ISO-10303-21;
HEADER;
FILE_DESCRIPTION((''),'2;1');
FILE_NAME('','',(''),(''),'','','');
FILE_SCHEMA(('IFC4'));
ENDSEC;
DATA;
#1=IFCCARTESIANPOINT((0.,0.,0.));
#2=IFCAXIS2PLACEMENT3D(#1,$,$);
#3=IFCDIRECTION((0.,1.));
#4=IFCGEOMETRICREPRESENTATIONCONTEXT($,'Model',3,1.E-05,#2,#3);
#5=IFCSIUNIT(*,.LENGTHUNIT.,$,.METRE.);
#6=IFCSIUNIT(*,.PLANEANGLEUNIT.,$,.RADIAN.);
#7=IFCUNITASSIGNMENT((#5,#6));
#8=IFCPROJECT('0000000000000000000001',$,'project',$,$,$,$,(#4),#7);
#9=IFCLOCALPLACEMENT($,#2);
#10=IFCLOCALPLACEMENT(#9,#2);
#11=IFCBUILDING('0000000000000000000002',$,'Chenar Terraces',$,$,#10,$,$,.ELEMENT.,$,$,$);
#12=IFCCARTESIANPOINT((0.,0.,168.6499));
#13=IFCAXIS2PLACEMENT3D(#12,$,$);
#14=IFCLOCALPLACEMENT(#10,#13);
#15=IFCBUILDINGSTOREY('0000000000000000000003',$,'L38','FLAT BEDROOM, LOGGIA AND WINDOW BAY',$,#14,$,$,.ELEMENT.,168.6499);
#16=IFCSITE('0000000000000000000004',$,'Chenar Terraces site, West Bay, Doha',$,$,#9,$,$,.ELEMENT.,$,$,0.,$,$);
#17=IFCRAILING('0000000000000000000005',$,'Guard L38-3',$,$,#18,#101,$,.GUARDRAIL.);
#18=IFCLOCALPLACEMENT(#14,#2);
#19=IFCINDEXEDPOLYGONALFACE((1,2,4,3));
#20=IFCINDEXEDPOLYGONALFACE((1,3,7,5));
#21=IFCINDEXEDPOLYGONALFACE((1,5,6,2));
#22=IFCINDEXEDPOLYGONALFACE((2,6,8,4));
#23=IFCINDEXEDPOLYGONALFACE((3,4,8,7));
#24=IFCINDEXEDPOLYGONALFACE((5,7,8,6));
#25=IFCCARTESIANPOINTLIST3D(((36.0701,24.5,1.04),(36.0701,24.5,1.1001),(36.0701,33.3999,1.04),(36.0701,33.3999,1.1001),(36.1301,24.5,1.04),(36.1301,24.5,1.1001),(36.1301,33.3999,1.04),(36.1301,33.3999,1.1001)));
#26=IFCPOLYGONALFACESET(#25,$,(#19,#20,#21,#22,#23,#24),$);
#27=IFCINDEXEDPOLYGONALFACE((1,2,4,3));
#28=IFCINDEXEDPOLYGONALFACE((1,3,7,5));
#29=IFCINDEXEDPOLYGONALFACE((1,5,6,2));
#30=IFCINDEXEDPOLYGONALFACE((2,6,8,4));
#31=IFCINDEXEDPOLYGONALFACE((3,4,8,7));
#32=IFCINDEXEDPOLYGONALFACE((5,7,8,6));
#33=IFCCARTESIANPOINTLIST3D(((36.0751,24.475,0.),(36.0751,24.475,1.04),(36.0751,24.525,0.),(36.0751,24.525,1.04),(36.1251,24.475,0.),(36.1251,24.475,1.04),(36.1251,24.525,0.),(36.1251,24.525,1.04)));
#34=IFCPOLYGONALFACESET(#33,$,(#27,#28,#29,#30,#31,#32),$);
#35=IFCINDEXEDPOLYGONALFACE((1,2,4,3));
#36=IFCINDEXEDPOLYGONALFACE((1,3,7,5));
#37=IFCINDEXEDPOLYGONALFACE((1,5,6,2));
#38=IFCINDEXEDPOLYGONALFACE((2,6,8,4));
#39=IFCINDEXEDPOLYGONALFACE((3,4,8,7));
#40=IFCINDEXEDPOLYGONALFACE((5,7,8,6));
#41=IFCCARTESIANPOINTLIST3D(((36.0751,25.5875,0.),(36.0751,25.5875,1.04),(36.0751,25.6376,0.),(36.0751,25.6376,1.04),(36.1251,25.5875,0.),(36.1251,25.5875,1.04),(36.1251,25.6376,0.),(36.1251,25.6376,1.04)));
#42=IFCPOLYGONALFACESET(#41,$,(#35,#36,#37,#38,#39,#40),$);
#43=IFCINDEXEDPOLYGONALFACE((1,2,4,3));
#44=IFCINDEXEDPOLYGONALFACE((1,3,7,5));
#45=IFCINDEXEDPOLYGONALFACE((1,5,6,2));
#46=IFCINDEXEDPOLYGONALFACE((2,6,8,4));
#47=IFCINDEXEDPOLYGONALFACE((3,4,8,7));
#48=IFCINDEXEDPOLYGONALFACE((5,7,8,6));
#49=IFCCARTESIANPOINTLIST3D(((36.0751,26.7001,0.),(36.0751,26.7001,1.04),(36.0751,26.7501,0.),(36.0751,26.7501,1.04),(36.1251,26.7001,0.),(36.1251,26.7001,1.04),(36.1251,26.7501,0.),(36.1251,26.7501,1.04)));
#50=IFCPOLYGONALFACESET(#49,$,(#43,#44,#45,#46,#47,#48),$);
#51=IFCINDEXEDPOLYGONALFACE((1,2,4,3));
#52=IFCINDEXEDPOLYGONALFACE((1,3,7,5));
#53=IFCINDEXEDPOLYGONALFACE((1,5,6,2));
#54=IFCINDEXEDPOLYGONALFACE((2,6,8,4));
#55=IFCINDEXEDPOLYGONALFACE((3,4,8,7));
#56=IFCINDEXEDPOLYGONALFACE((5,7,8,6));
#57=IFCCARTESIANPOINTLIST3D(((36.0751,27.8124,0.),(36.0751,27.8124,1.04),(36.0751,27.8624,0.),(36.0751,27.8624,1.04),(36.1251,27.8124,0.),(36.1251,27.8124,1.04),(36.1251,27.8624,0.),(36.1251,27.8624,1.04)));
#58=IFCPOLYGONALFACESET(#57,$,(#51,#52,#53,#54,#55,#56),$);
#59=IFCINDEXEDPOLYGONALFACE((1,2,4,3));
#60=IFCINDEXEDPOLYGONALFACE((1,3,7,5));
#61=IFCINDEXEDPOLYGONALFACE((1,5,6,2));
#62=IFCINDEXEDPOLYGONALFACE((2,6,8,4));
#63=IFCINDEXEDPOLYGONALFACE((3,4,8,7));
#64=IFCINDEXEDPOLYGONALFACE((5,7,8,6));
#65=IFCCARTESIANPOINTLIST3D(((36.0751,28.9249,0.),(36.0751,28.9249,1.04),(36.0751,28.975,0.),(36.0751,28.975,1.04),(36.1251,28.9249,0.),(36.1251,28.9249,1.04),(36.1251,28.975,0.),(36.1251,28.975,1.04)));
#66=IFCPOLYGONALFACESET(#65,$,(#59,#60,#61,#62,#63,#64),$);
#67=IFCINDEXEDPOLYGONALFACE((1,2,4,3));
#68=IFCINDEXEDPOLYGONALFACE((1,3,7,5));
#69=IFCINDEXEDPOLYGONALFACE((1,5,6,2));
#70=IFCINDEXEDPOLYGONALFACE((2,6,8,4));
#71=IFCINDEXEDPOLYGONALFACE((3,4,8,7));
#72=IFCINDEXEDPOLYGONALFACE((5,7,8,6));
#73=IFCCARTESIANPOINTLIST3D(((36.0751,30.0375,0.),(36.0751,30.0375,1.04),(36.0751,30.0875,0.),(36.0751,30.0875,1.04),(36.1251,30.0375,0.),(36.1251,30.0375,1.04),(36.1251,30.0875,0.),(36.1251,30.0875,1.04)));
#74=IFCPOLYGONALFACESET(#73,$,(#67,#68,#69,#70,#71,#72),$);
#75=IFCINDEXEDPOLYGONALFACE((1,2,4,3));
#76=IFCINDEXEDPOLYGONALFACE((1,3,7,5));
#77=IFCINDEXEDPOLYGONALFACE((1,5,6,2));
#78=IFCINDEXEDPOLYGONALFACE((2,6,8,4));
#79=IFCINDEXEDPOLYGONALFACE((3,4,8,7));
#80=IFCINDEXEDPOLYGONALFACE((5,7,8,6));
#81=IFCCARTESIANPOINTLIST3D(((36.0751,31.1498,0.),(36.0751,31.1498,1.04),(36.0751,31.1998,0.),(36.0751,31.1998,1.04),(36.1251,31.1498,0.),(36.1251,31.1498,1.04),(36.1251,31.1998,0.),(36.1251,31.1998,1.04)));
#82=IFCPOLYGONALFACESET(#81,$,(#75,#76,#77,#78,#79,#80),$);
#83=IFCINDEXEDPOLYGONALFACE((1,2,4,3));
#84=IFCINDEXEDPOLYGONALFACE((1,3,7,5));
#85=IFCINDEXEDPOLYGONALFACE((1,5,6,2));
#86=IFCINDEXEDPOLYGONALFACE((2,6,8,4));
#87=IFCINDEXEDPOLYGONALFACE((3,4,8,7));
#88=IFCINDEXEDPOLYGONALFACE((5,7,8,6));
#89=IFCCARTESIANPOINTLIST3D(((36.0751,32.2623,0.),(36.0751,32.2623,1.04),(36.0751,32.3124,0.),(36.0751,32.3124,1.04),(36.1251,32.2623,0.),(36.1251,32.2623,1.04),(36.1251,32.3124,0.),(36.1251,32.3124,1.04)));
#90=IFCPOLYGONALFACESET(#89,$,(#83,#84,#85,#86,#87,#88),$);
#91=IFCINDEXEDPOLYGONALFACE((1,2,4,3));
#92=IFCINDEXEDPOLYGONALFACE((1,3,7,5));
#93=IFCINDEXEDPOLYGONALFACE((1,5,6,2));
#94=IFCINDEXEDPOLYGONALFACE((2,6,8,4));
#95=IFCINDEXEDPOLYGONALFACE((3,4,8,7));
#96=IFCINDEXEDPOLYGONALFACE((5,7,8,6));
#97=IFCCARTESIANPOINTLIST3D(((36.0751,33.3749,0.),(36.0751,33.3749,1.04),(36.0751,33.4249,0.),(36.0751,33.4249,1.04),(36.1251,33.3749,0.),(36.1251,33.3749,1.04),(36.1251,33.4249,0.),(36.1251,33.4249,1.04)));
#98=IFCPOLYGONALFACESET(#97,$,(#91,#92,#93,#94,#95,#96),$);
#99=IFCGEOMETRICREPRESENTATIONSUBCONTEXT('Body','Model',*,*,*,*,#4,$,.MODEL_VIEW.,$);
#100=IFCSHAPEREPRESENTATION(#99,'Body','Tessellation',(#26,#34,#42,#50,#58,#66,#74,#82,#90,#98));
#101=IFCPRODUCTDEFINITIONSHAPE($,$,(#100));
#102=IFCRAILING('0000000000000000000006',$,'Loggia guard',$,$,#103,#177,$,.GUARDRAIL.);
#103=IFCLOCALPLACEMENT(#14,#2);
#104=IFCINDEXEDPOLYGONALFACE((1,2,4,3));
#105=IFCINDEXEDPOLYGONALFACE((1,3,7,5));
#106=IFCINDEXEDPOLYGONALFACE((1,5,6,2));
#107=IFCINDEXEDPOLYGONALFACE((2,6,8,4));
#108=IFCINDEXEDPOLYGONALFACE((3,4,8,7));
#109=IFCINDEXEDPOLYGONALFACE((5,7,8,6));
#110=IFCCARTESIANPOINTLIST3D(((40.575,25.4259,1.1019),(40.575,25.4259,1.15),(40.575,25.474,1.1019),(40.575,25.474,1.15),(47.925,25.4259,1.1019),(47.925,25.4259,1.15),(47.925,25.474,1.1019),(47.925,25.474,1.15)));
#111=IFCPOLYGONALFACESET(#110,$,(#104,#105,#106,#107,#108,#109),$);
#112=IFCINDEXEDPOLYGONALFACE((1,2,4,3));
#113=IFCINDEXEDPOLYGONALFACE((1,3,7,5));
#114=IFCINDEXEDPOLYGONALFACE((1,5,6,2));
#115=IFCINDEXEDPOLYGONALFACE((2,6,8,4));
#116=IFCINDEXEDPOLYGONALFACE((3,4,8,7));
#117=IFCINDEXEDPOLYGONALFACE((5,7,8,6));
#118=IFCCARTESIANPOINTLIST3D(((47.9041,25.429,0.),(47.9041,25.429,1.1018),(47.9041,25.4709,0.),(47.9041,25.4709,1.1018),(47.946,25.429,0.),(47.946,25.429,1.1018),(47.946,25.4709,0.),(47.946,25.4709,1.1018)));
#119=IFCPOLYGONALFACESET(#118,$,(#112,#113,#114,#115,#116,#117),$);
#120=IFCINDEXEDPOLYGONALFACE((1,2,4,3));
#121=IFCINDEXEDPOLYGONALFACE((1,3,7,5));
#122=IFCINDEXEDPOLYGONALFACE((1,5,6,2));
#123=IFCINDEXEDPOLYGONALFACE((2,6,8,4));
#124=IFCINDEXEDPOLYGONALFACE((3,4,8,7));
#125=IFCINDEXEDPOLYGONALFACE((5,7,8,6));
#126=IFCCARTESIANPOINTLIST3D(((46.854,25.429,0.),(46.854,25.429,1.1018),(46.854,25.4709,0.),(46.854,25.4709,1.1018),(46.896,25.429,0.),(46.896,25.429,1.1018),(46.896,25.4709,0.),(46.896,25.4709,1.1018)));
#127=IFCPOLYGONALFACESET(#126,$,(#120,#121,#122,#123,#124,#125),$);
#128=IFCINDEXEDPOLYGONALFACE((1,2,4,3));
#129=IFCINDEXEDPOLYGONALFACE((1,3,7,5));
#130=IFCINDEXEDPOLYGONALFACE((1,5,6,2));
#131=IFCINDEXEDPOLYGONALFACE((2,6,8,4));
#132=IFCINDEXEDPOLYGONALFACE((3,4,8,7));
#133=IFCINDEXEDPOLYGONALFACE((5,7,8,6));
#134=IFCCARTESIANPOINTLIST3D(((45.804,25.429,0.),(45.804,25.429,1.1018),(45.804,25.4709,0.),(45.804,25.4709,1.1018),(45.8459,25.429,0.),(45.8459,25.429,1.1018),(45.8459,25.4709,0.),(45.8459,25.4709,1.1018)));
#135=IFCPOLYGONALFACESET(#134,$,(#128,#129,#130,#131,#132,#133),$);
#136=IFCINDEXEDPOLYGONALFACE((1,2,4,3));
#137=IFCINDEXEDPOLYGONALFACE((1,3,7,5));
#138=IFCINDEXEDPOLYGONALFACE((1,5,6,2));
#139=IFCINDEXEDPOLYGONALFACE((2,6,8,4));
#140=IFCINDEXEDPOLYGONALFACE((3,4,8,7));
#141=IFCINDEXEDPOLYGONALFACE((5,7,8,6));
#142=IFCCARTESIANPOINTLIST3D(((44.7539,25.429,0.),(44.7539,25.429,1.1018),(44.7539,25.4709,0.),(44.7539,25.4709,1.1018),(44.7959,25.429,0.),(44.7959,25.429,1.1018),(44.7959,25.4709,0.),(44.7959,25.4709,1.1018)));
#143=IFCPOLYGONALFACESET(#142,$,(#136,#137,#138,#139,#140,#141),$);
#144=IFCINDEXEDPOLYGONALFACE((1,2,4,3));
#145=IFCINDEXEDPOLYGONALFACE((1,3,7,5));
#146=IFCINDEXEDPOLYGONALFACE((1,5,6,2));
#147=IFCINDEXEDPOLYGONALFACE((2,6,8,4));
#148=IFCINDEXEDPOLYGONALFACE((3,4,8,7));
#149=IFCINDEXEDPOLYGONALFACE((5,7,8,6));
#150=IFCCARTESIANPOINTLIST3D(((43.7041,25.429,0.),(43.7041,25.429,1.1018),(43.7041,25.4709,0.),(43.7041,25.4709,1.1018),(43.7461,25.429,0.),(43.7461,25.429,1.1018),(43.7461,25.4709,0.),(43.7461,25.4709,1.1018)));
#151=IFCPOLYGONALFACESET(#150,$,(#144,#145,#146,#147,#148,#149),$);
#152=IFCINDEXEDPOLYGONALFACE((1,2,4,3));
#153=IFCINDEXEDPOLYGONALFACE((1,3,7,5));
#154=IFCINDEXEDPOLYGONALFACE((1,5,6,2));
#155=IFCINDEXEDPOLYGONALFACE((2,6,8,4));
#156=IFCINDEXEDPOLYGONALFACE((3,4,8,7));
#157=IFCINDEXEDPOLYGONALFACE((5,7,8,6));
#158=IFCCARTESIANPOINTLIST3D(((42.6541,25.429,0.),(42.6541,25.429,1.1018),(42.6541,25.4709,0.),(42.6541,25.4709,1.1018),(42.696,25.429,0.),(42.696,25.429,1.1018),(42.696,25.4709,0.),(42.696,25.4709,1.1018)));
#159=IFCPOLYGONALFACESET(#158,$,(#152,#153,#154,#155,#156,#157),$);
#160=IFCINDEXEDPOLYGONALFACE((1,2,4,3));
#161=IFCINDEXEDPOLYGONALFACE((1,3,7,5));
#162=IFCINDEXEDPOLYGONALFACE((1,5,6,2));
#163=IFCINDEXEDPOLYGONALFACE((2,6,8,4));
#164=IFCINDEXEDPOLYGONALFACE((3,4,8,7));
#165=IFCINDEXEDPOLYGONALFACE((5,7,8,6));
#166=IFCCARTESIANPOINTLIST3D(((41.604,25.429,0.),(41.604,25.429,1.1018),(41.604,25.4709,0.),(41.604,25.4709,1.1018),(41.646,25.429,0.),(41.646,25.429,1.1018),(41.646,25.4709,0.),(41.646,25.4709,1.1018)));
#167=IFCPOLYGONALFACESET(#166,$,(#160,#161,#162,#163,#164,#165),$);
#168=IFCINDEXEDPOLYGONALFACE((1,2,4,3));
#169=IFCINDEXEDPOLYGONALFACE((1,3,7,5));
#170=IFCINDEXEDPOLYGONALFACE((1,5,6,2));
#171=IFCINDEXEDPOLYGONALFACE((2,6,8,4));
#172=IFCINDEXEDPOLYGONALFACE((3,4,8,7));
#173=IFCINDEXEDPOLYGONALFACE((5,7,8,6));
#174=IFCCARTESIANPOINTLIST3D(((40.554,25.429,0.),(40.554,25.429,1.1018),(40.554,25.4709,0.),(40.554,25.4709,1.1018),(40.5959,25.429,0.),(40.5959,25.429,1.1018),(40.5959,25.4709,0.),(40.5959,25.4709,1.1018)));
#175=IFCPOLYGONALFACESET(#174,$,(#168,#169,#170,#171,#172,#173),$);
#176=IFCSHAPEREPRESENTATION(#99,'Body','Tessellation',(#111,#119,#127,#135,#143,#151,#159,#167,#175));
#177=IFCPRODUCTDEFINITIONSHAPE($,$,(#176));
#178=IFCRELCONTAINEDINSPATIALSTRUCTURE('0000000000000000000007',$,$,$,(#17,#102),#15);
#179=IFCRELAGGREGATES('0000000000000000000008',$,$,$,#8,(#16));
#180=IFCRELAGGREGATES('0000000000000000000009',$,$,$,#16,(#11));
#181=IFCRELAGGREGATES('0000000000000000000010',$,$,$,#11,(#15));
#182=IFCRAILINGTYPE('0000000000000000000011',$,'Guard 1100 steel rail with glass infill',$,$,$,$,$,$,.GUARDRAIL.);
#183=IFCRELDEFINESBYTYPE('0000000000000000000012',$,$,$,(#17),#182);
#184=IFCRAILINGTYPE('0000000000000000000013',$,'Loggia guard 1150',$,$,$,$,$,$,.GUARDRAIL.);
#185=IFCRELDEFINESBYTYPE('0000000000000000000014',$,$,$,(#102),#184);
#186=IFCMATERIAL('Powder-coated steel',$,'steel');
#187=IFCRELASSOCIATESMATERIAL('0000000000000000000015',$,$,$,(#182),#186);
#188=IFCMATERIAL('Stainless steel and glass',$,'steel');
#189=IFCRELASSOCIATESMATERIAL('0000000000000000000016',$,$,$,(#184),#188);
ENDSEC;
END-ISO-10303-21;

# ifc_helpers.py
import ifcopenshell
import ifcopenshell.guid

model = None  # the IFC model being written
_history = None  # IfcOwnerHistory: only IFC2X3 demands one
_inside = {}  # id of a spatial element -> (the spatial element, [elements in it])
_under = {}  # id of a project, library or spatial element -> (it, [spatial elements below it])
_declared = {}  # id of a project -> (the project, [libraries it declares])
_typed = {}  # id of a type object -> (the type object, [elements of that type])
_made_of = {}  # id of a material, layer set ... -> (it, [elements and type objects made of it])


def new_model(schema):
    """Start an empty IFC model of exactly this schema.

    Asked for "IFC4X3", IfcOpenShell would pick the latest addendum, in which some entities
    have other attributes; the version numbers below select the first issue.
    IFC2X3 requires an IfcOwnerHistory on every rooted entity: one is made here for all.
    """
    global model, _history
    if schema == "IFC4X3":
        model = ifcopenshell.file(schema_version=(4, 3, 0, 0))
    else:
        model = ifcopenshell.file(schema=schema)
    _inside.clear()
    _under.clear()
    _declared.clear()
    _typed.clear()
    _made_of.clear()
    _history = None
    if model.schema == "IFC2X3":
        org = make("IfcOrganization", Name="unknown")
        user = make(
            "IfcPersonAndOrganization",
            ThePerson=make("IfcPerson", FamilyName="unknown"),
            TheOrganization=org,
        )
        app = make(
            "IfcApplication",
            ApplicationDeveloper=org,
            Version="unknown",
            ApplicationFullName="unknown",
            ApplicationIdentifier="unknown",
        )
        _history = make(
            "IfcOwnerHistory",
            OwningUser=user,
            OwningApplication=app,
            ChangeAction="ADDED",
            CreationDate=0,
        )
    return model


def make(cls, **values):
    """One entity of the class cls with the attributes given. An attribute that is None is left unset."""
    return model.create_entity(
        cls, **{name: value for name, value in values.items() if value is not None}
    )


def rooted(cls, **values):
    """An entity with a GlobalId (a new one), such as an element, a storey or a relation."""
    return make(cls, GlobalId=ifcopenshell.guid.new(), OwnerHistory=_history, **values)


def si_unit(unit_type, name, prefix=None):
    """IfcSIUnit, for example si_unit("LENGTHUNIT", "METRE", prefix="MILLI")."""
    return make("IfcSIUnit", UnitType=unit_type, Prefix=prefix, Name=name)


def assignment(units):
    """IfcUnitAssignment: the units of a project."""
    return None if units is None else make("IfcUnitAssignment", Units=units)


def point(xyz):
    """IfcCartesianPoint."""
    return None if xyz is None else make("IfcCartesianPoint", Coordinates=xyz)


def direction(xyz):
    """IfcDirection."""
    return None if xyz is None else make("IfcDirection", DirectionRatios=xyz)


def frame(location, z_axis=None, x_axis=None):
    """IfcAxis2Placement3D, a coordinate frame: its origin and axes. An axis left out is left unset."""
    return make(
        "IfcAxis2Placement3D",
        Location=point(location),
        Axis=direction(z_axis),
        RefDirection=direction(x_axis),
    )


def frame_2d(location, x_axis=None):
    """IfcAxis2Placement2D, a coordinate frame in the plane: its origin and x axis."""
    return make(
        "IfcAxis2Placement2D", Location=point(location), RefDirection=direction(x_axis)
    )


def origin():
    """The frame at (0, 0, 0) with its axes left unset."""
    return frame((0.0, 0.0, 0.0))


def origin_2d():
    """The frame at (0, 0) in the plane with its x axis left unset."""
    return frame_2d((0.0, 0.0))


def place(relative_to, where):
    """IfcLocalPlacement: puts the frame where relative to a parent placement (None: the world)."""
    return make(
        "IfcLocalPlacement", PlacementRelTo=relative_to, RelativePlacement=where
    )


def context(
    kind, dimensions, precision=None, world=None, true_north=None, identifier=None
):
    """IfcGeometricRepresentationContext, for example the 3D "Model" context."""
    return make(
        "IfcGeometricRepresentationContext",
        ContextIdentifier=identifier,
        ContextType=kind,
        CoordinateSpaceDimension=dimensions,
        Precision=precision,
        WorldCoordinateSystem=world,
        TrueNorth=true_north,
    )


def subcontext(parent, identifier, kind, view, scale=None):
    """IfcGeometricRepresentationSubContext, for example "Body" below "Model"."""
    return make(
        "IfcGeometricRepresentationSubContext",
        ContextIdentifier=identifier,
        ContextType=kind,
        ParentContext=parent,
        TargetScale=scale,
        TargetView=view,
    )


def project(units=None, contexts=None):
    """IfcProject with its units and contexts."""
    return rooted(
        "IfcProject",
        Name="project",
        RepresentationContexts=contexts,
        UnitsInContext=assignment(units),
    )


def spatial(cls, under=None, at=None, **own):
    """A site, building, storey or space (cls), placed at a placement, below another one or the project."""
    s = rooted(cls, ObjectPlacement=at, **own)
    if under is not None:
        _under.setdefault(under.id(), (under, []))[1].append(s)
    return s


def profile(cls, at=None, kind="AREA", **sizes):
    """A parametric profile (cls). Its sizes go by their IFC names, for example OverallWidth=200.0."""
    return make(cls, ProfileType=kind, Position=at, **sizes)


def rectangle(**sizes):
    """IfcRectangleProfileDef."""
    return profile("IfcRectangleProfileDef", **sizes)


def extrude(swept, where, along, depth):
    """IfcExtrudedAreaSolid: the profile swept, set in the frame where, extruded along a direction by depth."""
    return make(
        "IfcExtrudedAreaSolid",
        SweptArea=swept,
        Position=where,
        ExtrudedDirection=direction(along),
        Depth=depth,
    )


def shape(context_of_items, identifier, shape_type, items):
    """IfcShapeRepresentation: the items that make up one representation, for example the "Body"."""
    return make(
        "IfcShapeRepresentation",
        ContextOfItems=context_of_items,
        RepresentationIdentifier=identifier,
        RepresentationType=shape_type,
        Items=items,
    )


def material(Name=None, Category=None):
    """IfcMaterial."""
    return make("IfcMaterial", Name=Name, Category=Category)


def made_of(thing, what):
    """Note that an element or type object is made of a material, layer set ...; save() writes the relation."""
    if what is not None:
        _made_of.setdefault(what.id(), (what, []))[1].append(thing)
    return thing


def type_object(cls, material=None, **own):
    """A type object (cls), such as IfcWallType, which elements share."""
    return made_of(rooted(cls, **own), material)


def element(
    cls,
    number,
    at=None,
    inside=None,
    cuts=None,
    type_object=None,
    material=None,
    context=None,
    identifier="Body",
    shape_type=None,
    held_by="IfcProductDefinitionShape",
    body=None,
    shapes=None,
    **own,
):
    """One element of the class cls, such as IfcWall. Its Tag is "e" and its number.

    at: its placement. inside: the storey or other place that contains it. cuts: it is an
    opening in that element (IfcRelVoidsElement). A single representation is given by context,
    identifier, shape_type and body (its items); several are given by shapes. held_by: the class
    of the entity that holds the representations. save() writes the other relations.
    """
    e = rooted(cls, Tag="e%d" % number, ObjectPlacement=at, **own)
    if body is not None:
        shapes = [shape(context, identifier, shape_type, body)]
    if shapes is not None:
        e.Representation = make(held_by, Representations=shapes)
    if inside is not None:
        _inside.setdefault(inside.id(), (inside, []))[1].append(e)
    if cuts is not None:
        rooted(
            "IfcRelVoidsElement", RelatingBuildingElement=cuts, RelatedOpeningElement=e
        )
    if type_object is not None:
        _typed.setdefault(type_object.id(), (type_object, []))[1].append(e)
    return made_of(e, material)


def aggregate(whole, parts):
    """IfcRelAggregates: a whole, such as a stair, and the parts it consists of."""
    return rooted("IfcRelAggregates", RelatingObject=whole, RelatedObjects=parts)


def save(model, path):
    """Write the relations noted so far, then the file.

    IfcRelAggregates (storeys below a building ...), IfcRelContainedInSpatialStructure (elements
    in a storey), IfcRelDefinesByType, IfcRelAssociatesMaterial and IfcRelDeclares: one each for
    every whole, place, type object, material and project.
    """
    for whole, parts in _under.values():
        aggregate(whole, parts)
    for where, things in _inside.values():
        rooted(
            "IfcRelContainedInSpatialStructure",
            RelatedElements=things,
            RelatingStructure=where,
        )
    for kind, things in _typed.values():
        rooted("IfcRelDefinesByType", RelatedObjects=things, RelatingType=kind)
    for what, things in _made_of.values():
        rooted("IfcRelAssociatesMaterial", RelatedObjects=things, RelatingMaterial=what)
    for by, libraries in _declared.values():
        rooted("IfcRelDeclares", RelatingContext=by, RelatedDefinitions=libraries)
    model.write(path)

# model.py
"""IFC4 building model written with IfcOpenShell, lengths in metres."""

from ifc_helpers import new_model, si_unit, direction, frame, origin, origin_2d, place, context, subcontext, project, spatial, rectangle, extrude, material, type_object, element, save


model = new_model("IFC4")

# Units and contexts
model_context = context("Model", 3, precision=1e-05, world=origin(), true_north=direction((0.0, 1.0)))
body_context = subcontext(model_context, "Body", "Model", "MODEL_VIEW")
ifc_project = project(units=[si_unit("LENGTHUNIT", "METRE"), si_unit("PLANEANGLEUNIT", "RADIAN")], contexts=[model_context])

# Site, building, storey
site_placement = place(None, origin())
site = spatial("IfcSite", under=ifc_project, at=site_placement, Name="Chenar Terraces site, West Bay, Doha", CompositionType="ELEMENT", RefElevation=0.0)
building_placement = place(site_placement, origin())
building = spatial("IfcBuilding", under=site, at=building_placement, Name="Chenar Terraces", CompositionType="ELEMENT")
storey_placement = place(building_placement, frame((0.0, 0.0, 168.6499)))
storey = spatial("IfcBuildingStorey", under=building, at=storey_placement, Name="L38", Description="FLAT BEDROOM, LOGGIA AND WINDOW BAY", CompositionType="ELEMENT", Elevation=168.6499)

# Railings
ifc_material_1 = material(Name="Powder-coated steel", Category="steel")
railing_type_1 = type_object("IfcRailingType", Name="Guard 1100 steel rail with glass infill", PredefinedType="GUARDRAIL", material=ifc_material_1)
railing_1_placement = place(storey_placement, frame((36.1001, 24.5, 0.0)))
element("IfcRailing", 1, at=railing_1_placement, inside=storey, type_object=railing_type_1, Name="Guard L38-3", PredefinedType="GUARDRAIL", context=body_context, shape_type="SweptSolid", body=[
    extrude(rectangle(XDim=0.0601, YDim=0.0601, at=origin_2d()), frame((0.0, 0.0, 1.0701), z_axis=(0.0, 1.0, 0.0), x_axis=(-1.0, 0.0, 0.0)), (0.0, 0.0, 1.0), 8.8999),
    extrude(rectangle(XDim=0.05, YDim=0.05, at=origin_2d()), origin(), (0.0, 0.0, 1.0), 1.04),
    extrude(rectangle(XDim=0.05, YDim=0.05, at=origin_2d()), frame((0.0, 1.1125, 0.0)), (0.0, 0.0, 1.0), 1.04),
    extrude(rectangle(XDim=0.05, YDim=0.05, at=origin_2d()), frame((0.0, 2.2251, 0.0)), (0.0, 0.0, 1.0), 1.04),
    extrude(rectangle(XDim=0.05, YDim=0.05, at=origin_2d()), frame((0.0, 3.3374, 0.0)), (0.0, 0.0, 1.0), 1.04),
    extrude(rectangle(XDim=0.05, YDim=0.05, at=origin_2d()), frame((0.0, 4.45, 0.0)), (0.0, 0.0, 1.0), 1.04),
    extrude(rectangle(XDim=0.05, YDim=0.05, at=origin_2d()), frame((0.0, 5.5625, 0.0)), (0.0, 0.0, 1.0), 1.04),
    extrude(rectangle(XDim=0.05, YDim=0.05, at=origin_2d()), frame((0.0, 6.6748, 0.0)), (0.0, 0.0, 1.0), 1.04),
    extrude(rectangle(XDim=0.05, YDim=0.05, at=origin_2d()), frame((0.0, 7.7874, 0.0)), (0.0, 0.0, 1.0), 1.04),
    extrude(rectangle(XDim=0.05, YDim=0.05, at=origin_2d()), frame((0.0, 8.8999, 0.0)), (0.0, 0.0, 1.0), 1.04),
])
ifc_material_2 = material(Name="Stainless steel and glass", Category="steel")
railing_type_2 = type_object("IfcRailingType", Name="Loggia guard 1150", PredefinedType="GUARDRAIL", material=ifc_material_2)
railing_2_placement = place(storey_placement, frame((47.925, 25.45, 0.0)))
element("IfcRailing", 2, at=railing_2_placement, inside=storey, type_object=railing_type_2, Name="Loggia guard", PredefinedType="GUARDRAIL", context=body_context, shape_type="SweptSolid", body=[
    extrude(rectangle(XDim=0.0481, YDim=0.0481, at=origin_2d()), frame((0.0, 0.0, 1.126), z_axis=(-1.0, 0.0, 0.0), x_axis=(0.0, -1.0, 0.0)), (0.0, 0.0, 1.0), 7.3501),
    extrude(rectangle(XDim=0.042, YDim=0.042, at=origin_2d()), origin(), (0.0, 0.0, 1.0), 1.1018),
    extrude(rectangle(XDim=0.042, YDim=0.042, at=origin_2d()), frame((-1.05, 0.0, 0.0)), (0.0, 0.0, 1.0), 1.1018),
    extrude(rectangle(XDim=0.042, YDim=0.042, at=origin_2d()), frame((-2.1001, 0.0, 0.0)), (0.0, 0.0, 1.0), 1.1018),
    extrude(rectangle(XDim=0.042, YDim=0.042, at=origin_2d()), frame((-3.1501, 0.0, 0.0)), (0.0, 0.0, 1.0), 1.1018),
    extrude(rectangle(XDim=0.042, YDim=0.042, at=origin_2d()), frame((-4.2, 0.0, 0.0)), (0.0, 0.0, 1.0), 1.1018),
    extrude(rectangle(XDim=0.042, YDim=0.042, at=origin_2d()), frame((-5.25, 0.0, 0.0)), (0.0, 0.0, 1.0), 1.1018),
    extrude(rectangle(XDim=0.042, YDim=0.042, at=origin_2d()), frame((-6.3, 0.0, 0.0)), (0.0, 0.0, 1.0), 1.1018),
    extrude(rectangle(XDim=0.042, YDim=0.042, at=origin_2d()), frame((-7.3501, 0.0, 0.0)), (0.0, 0.0, 1.0), 1.1018),
])

save(model, "model.ifc")
